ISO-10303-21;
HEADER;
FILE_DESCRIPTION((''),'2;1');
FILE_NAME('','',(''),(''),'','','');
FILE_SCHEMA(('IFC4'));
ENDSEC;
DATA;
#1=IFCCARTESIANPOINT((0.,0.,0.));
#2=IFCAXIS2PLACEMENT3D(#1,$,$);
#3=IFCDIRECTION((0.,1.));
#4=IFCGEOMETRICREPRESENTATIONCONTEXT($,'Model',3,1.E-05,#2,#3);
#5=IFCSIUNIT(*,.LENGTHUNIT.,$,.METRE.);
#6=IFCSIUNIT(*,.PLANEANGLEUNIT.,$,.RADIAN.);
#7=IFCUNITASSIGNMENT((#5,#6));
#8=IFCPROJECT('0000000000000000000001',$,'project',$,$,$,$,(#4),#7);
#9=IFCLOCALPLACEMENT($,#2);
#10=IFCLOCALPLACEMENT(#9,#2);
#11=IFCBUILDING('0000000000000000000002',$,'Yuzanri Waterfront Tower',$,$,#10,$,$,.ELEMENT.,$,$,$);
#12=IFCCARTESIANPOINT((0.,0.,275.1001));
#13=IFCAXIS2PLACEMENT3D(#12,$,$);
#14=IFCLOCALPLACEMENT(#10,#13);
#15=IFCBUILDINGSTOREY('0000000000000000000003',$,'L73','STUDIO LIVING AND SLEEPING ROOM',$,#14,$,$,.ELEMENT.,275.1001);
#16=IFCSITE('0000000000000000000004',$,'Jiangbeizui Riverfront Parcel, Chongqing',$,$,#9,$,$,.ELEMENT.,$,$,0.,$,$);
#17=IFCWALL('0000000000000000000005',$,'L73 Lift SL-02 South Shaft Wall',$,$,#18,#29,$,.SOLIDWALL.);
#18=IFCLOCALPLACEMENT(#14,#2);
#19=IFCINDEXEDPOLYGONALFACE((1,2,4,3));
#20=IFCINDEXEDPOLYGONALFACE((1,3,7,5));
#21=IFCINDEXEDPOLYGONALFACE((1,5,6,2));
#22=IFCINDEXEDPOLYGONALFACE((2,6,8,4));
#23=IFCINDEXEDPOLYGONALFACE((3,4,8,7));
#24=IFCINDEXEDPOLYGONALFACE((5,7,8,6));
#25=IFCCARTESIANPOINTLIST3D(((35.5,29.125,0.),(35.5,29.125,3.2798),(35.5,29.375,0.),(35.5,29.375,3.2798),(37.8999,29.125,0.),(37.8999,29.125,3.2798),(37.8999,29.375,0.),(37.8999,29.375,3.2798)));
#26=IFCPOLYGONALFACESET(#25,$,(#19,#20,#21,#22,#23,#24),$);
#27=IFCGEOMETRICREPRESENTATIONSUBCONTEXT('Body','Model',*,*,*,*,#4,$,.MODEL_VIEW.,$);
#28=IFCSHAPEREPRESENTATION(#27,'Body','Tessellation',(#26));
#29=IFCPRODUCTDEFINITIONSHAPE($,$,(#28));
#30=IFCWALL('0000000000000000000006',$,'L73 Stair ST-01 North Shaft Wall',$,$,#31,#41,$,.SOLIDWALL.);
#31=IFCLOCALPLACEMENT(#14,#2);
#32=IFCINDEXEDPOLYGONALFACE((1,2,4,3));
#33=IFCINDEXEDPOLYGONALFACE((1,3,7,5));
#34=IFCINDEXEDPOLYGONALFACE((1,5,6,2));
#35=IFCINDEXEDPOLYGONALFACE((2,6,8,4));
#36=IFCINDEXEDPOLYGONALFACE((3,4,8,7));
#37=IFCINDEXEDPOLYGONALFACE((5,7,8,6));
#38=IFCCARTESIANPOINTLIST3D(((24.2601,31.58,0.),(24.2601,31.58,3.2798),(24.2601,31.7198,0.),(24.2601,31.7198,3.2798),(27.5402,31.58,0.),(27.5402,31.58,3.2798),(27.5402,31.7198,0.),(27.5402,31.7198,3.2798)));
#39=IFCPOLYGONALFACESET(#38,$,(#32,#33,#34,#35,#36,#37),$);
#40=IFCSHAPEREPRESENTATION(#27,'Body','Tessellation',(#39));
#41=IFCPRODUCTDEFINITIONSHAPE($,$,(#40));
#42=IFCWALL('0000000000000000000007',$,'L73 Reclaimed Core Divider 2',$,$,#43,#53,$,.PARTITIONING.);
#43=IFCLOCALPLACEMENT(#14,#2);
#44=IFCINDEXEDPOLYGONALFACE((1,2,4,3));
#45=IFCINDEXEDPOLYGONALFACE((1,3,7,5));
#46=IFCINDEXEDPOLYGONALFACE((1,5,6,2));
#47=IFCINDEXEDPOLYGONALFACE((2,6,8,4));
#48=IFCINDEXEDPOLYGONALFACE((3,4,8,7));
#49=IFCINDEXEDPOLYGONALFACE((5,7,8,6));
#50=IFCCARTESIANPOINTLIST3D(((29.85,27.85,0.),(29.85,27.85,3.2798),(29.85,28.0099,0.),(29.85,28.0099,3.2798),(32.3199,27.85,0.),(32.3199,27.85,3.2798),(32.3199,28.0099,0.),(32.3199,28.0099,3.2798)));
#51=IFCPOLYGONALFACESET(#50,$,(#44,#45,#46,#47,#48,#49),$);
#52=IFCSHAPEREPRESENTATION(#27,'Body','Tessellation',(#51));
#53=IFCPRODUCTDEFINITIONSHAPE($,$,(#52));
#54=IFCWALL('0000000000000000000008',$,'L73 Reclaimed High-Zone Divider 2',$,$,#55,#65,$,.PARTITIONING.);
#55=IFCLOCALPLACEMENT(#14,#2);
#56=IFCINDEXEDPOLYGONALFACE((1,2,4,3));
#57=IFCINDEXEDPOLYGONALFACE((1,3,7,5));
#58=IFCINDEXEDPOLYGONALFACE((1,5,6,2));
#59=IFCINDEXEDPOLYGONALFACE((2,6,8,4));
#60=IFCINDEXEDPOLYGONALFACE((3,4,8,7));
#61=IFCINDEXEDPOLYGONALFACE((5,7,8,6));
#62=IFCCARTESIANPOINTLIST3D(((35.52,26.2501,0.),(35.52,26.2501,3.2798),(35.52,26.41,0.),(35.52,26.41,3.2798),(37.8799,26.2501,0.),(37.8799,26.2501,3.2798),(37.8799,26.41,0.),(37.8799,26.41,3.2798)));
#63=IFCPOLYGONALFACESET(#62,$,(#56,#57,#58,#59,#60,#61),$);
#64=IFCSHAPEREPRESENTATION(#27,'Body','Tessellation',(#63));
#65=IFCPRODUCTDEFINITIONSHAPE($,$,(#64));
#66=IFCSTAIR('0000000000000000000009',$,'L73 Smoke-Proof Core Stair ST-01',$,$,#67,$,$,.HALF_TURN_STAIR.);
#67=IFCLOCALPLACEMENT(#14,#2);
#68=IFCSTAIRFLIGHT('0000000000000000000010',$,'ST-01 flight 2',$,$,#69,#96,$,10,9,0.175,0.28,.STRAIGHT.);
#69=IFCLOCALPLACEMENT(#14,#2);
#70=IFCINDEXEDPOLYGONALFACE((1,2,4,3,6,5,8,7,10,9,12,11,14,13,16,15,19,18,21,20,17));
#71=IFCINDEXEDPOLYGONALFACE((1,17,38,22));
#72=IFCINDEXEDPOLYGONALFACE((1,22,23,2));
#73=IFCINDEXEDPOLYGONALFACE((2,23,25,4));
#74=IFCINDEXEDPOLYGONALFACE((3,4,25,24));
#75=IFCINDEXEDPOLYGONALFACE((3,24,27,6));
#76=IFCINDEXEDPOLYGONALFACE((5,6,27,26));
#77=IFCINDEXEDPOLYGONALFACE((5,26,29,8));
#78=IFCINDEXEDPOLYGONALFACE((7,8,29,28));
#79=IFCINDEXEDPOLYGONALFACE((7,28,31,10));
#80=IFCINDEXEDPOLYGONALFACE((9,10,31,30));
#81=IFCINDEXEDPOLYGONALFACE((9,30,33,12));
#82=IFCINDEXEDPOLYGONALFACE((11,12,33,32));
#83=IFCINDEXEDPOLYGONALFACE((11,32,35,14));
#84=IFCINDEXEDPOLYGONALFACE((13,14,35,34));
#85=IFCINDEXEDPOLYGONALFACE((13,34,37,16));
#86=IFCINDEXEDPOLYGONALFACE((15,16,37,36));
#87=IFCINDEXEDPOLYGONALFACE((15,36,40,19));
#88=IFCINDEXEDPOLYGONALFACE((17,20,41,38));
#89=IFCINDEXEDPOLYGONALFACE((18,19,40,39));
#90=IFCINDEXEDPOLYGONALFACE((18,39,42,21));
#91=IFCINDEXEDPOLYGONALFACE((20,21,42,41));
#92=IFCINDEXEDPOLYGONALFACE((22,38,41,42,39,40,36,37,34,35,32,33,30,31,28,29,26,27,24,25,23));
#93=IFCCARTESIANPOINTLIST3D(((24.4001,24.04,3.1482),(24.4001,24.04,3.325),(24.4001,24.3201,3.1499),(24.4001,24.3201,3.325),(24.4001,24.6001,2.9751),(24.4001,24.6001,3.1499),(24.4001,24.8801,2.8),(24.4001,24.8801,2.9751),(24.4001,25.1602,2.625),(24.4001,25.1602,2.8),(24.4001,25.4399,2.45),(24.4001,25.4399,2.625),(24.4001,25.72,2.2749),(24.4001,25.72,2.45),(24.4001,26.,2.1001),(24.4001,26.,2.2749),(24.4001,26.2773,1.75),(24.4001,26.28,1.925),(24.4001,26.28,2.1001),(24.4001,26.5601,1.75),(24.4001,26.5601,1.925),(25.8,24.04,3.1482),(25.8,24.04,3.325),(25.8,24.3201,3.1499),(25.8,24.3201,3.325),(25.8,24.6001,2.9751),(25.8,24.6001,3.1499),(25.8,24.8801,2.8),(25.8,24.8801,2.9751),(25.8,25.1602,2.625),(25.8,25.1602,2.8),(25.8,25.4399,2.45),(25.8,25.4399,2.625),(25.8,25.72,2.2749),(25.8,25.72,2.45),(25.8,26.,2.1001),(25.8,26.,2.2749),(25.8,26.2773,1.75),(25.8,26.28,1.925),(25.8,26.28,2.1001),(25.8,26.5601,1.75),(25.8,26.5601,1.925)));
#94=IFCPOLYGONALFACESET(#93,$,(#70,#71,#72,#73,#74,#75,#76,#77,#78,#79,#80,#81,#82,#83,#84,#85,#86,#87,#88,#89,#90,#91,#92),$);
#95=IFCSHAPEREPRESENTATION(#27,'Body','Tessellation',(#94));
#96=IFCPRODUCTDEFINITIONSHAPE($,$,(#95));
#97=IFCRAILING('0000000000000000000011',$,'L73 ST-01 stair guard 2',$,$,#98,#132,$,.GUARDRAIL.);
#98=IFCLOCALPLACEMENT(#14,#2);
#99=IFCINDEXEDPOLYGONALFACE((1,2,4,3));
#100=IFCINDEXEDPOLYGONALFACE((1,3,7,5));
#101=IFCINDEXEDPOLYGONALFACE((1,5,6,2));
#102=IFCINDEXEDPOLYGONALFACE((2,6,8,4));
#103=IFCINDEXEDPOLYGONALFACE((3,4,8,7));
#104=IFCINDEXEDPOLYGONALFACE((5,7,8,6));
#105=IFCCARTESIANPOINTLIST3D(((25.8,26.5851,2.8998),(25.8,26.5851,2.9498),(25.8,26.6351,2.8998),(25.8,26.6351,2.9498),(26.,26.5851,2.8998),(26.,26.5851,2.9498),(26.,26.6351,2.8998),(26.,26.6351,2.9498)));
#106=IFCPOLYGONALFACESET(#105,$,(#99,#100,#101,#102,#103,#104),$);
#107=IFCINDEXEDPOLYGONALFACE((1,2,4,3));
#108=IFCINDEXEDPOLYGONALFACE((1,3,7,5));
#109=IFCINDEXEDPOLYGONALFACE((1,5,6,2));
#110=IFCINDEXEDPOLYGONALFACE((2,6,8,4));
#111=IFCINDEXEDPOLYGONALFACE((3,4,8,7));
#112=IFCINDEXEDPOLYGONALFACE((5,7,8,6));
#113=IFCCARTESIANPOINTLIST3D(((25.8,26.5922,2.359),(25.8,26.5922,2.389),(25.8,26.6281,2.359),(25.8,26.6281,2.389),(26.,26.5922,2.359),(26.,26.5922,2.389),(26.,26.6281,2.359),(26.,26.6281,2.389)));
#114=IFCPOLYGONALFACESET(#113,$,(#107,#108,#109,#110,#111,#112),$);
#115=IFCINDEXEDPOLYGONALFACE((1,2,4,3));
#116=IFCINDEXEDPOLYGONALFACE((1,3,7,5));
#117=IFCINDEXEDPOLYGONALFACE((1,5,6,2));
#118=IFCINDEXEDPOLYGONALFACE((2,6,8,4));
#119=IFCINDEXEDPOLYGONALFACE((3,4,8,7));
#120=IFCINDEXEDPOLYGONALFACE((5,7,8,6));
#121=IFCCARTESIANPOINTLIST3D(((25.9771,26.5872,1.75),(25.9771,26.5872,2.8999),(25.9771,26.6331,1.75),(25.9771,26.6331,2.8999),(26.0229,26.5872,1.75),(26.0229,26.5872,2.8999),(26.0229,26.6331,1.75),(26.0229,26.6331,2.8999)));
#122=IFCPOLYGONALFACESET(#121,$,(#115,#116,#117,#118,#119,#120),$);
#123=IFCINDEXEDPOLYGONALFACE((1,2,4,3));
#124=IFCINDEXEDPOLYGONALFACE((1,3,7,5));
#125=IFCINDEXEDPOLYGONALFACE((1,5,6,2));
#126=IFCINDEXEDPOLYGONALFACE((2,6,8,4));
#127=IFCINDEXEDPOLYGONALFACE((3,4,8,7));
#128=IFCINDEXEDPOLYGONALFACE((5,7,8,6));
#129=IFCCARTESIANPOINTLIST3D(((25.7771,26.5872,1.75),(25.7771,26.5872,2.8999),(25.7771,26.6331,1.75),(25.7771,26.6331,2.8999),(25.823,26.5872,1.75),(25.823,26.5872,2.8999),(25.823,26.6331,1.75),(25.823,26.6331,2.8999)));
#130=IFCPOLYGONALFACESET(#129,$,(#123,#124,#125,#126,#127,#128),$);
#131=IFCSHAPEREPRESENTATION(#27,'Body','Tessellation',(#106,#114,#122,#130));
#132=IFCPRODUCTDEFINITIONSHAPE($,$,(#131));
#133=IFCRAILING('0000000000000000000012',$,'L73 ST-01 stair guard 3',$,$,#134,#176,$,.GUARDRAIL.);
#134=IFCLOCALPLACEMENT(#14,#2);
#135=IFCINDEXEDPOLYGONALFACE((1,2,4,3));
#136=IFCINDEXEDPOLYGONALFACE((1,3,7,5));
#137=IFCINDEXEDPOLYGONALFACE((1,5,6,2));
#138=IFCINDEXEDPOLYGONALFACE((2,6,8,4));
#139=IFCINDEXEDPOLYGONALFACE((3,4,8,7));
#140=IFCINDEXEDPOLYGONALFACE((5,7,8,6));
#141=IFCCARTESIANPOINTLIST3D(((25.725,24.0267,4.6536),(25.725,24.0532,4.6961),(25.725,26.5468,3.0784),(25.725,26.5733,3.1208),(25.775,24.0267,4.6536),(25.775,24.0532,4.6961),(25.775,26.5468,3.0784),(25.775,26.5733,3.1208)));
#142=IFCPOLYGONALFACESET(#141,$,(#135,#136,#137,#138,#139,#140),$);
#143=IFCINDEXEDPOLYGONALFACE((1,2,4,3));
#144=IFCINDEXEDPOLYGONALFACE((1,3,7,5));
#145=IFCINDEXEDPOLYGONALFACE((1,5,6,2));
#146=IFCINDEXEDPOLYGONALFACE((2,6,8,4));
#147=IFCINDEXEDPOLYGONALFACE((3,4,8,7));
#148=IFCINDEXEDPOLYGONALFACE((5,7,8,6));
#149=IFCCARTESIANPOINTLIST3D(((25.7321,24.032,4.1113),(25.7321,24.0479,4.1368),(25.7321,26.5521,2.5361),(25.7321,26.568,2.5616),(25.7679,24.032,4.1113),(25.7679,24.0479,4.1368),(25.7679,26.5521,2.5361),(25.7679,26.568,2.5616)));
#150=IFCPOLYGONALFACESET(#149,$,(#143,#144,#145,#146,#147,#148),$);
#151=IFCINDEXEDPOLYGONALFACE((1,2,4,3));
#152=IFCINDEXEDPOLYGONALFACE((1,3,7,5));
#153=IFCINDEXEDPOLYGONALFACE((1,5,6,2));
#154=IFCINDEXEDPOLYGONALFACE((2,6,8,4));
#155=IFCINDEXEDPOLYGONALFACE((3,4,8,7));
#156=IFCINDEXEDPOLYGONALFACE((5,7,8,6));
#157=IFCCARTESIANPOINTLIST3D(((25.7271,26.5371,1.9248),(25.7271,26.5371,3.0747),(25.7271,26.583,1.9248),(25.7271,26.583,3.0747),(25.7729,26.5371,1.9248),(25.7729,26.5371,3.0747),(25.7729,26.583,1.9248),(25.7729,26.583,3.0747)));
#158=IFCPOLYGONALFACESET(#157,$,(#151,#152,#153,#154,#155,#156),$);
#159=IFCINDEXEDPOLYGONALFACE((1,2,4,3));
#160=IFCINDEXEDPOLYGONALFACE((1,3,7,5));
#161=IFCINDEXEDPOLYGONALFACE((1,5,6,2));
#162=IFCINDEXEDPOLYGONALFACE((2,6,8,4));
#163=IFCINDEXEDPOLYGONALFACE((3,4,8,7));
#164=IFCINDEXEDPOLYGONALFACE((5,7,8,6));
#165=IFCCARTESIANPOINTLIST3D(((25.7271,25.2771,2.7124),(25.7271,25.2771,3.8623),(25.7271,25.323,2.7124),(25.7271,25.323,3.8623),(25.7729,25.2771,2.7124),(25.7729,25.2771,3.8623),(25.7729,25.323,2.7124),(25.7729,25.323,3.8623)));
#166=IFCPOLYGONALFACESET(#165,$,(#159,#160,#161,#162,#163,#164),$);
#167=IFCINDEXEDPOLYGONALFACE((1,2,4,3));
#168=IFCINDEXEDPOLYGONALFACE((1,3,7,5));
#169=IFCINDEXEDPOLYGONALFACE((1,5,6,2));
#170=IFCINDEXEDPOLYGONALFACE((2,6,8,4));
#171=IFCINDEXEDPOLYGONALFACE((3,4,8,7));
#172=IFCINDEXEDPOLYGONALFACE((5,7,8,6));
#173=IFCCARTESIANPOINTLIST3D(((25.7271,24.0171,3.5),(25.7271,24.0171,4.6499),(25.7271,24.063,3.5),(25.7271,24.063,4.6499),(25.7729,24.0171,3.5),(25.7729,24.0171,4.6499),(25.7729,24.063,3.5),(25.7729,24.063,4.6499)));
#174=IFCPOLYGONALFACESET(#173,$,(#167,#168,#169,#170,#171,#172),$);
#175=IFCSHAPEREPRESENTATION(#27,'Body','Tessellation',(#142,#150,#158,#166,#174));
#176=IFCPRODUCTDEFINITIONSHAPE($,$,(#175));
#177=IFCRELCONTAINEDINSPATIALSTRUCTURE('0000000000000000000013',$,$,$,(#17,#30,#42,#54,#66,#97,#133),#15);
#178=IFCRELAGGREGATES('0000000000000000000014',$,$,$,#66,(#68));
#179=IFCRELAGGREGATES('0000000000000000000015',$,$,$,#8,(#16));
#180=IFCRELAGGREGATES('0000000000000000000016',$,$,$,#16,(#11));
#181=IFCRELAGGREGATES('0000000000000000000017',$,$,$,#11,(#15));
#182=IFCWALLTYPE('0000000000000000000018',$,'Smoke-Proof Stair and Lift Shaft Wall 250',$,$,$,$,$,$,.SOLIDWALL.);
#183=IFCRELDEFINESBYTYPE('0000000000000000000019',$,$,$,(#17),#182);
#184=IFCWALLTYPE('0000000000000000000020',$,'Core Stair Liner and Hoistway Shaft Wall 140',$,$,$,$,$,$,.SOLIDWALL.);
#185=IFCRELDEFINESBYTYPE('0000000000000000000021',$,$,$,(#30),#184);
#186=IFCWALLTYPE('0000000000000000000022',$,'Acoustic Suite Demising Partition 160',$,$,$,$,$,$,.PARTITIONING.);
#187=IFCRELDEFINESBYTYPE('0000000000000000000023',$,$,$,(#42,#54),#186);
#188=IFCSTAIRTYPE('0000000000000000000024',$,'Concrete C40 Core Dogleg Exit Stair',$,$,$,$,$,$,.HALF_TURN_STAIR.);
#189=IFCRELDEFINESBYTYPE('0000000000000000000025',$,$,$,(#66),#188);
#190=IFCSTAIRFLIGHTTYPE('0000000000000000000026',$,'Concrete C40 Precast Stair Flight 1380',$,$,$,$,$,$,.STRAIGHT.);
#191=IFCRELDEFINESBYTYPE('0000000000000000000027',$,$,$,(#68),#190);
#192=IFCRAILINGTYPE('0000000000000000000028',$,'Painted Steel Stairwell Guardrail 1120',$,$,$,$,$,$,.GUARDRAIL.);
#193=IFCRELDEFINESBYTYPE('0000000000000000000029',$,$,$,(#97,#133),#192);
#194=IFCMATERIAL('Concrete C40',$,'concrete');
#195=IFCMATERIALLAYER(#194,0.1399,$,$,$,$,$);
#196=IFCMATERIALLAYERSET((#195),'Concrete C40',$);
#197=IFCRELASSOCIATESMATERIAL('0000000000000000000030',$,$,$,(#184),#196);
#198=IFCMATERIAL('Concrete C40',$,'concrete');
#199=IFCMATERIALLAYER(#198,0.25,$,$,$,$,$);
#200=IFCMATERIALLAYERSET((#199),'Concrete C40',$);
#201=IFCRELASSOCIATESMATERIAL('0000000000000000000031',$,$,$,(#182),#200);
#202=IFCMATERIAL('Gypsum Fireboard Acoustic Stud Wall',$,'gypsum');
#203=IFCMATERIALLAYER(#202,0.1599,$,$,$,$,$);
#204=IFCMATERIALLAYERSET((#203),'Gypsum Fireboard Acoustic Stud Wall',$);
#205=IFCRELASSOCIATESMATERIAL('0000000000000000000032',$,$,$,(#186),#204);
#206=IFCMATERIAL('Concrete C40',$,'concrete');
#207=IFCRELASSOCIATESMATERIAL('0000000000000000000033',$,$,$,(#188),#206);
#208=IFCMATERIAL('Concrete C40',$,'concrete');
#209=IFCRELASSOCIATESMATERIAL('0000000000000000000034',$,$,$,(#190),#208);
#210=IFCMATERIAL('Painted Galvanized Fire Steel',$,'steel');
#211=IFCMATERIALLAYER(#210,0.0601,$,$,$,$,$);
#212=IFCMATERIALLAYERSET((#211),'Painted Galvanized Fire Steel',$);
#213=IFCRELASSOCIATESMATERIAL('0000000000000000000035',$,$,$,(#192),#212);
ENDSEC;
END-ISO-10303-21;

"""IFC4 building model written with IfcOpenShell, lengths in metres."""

from ifc_helpers import new_model, si_unit, direction, frame, frame_2d, origin, origin_2d, place, context, subcontext, project, spatial, polyline, rectangle, outline, extrude, source, transform, mapped, material, layer, layer_set, type_object, element, aggregate, save


model = new_model("IFC4")

# Units and contexts
model_context = context("Model", 3, precision=1e-05, world=origin(), true_north=direction((0.0, 1.0)))
body_context = subcontext(model_context, "Body", "Model", "MODEL_VIEW")
ifc_project = project(units=[si_unit("LENGTHUNIT", "METRE"), si_unit("PLANEANGLEUNIT", "RADIAN")], contexts=[model_context])

# Site, building, storey
site_placement = place(None, origin())
site = spatial("IfcSite", under=ifc_project, at=site_placement, Name="Jiangbeizui Riverfront Parcel, Chongqing", CompositionType="ELEMENT", RefElevation=0.0)
building_placement = place(site_placement, origin())
building = spatial("IfcBuilding", under=site, at=building_placement, Name="Yuzanri Waterfront Tower", CompositionType="ELEMENT")
storey_placement = place(building_placement, frame((0.0, 0.0, 275.1001)))
storey = spatial("IfcBuildingStorey", under=building, at=storey_placement, Name="L73", Description="STUDIO LIVING AND SLEEPING ROOM", CompositionType="ELEMENT", Elevation=275.1001)

# Shared definitions
ifc_material_1 = material(Name="Concrete C40", Category="concrete")
ifc_layer_1 = layer(ifc_material_1, 0.1399)
ifc_layer_set_1 = layer_set([ifc_layer_1], Name="Concrete C40")
wall_type_1 = type_object("IfcWallType", Name="Core Stair Liner and Hoistway Shaft Wall 140", PredefinedType="SOLIDWALL", material=ifc_layer_set_1)

# Walls
ifc_material_2 = material(Name="Concrete C40", Category="concrete")
ifc_layer_2 = layer(ifc_material_2, 0.25)
ifc_layer_set_2 = layer_set([ifc_layer_2], Name="Concrete C40")
wall_type_2 = type_object("IfcWallType", Name="Smoke-Proof Stair and Lift Shaft Wall 250", PredefinedType="SOLIDWALL", material=ifc_layer_set_2)
shared_shape_1 = source(origin(), body_context, "Body", "SweptSolid", [
    extrude(rectangle(XDim=2.3999, YDim=0.25, at=frame_2d((1.2, 0.0))), origin(), (0.0, 0.0, 1.0), 3.2798),
])
wall_1_placement = place(storey_placement, frame((35.5, 29.25, 0.0), z_axis=(0.0, 0.0, 1.0), x_axis=(1.0, 0.0, 0.0)))
element("IfcWall", 1, at=wall_1_placement, inside=storey, type_object=wall_type_2, Name="L73 Lift SL-02 South Shaft Wall", PredefinedType="SOLIDWALL", context=body_context, shape_type="MappedRepresentation", body=[
    mapped(shared_shape_1, transform((0.0, 0.0, 0.0), scale=1.0)),
])
shared_shape_2 = source(origin(), body_context, "Body", "SweptSolid", [
    extrude(rectangle(XDim=3.28, YDim=0.1399, at=frame_2d((1.6401, 0.0))), origin(), (0.0, 0.0, 1.0), 3.2798),
])
wall_2_placement = place(storey_placement, frame((24.26, 31.6499, 0.0), z_axis=(0.0, 0.0, 1.0), x_axis=(1.0, 0.0, 0.0)))
element("IfcWall", 2, at=wall_2_placement, inside=storey, type_object=wall_type_1, Name="L73 Stair ST-01 North Shaft Wall", PredefinedType="SOLIDWALL", context=body_context, shape_type="MappedRepresentation", body=[
    mapped(shared_shape_2, transform((0.0, 0.0, 0.0), scale=1.0)),
])
ifc_material_3 = material(Name="Gypsum Fireboard Acoustic Stud Wall", Category="gypsum")
ifc_layer_3 = layer(ifc_material_3, 0.1599)
ifc_layer_set_3 = layer_set([ifc_layer_3], Name="Gypsum Fireboard Acoustic Stud Wall")
wall_type_3 = type_object("IfcWallType", Name="Acoustic Suite Demising Partition 160", PredefinedType="PARTITIONING", material=ifc_layer_set_3)
shared_shape_3 = source(origin(), body_context, "Body", "SweptSolid", [
    extrude(rectangle(XDim=2.47, YDim=0.1599, at=frame_2d((1.2349, 0.0))), origin(), (0.0, 0.0, 1.0), 3.2798),
])
wall_3_placement = place(storey_placement, frame((29.8501, 27.9299, 0.0), z_axis=(0.0, 0.0, 1.0), x_axis=(1.0, 0.0, 0.0)))
element("IfcWall", 3, at=wall_3_placement, inside=storey, type_object=wall_type_3, Name="L73 Reclaimed Core Divider 2", PredefinedType="PARTITIONING", context=body_context, shape_type="MappedRepresentation", body=[
    mapped(shared_shape_3, transform((0.0, 0.0, 0.0), scale=1.0)),
])
shared_shape_4 = source(origin(), body_context, "Body", "SweptSolid", [
    extrude(rectangle(XDim=2.3599, YDim=0.1599, at=frame_2d((1.1799, 0.0))), origin(), (0.0, 0.0, 1.0), 3.2798),
])
wall_4_placement = place(storey_placement, frame((35.52, 26.3301, 0.0), z_axis=(0.0, 0.0, 1.0), x_axis=(1.0, 0.0, 0.0)))
element("IfcWall", 4, at=wall_4_placement, inside=storey, type_object=wall_type_3, Name="L73 Reclaimed High-Zone Divider 2", PredefinedType="PARTITIONING", context=body_context, shape_type="MappedRepresentation", body=[
    mapped(shared_shape_4, transform((0.0, 0.0, 0.0), scale=1.0)),
])

# Stair, stair flight
ifc_material_4 = material(Name="Concrete C40", Category="concrete")
stair_type = type_object("IfcStairType", Name="Concrete C40 Core Dogleg Exit Stair", PredefinedType="HALF_TURN_STAIR", material=ifc_material_4)
stair_placement = place(storey_placement, origin())
stair = element("IfcStair", 5, at=stair_placement, inside=storey, type_object=stair_type, Name="L73 Smoke-Proof Core Stair ST-01", PredefinedType="HALF_TURN_STAIR")
ifc_material_5 = material(Name="Concrete C40", Category="concrete")
stair_flight_type = type_object("IfcStairFlightType", Name="Concrete C40 Precast Stair Flight 1380", PredefinedType="STRAIGHT", material=ifc_material_5)
shared_shape_5 = source(origin(), body_context, "Body", "SweptSolid", [
    extrude(outline(polyline([(0.0, 0.0), (0.0, 0.175), (0.28, 0.175), (0.28, 0.3501), (0.5601, 0.3501), (0.5601, 0.5249), (0.8401, 0.5249), (0.8401, 0.7), (1.1201, 0.7), (1.1201, 0.875), (1.3999, 0.875), (1.3999, 1.05), (1.6799, 1.05), (1.6799, 1.2251), (1.96, 1.2251), (1.96, 1.3999), (2.24, 1.3999), (2.24, 1.575), (2.52, 1.575), (2.52, 1.75), (2.52, 1.3982), (0.2827, 0.0), (0.0, 0.0)])), frame((0.0, 0.7, 0.0), z_axis=(0.0, -1.0, 0.0), x_axis=(1.0, 0.0, 0.0)), (0.0, 0.0, 1.0), 1.3999),
])
stair_flight_placement = place(storey_placement, frame((25.1001, 26.5601, 1.75), z_axis=(0.0, 0.0, 1.0), x_axis=(0.0, -1.0, 0.0)))
stair_flight = element("IfcStairFlight", 6, at=stair_flight_placement, type_object=stair_flight_type, Name="ST-01 flight 2", NumberOfRisers=10, NumberOfTreads=9, PredefinedType="STRAIGHT", RiserHeight=0.175, TreadLength=0.28, context=body_context, shape_type="MappedRepresentation", body=[
    mapped(shared_shape_5, transform((0.0, 0.0, 0.0), scale=1.0)),
])
aggregate(stair, [stair_flight])

# Railings
ifc_material_6 = material(Name="Painted Galvanized Fire Steel", Category="steel")
ifc_layer_4 = layer(ifc_material_6, 0.0601)
ifc_layer_set_4 = layer_set([ifc_layer_4], Name="Painted Galvanized Fire Steel")
railing_type_1 = type_object("IfcRailingType", Name="Painted Steel Stairwell Guardrail 1120", PredefinedType="GUARDRAIL", material=ifc_layer_set_4)
shared_shape_6 = source(origin(), body_context, "Body", "SweptSolid", [
    extrude(rectangle(XDim=0.05, YDim=0.05, at=origin_2d()), frame((0.0, 0.0, 1.1748), z_axis=(-1.0, 0.0, 0.0), x_axis=(0.0, -1.0, 0.0)), (0.0, 0.0, 1.0), 0.2),
    extrude(rectangle(XDim=0.0359, YDim=0.03, at=origin_2d()), frame((0.0, 0.0, 0.624), z_axis=(-1.0, 0.0, 0.0), x_axis=(0.0, -1.0, 0.0)), (0.0, 0.0, 1.0), 0.2),
    extrude(rectangle(XDim=0.0459, YDim=0.0459, at=origin_2d()), origin(), (0.0, 0.0, 1.0), 1.1499),
    extrude(rectangle(XDim=0.0459, YDim=0.0459, at=origin_2d()), frame((-0.2, 0.0, 0.0)), (0.0, 0.0, 1.0), 1.1499),
])
railing_1_placement = place(storey_placement, frame((26.0, 26.6101, 1.75)))
element("IfcRailing", 7, at=railing_1_placement, inside=storey, type_object=railing_type_1, Name="L73 ST-01 stair guard 2", PredefinedType="GUARDRAIL", context=body_context, shape_type="MappedRepresentation", body=[
    mapped(shared_shape_6, transform((0.0, 0.0, 0.0), scale=1.0)),
])
shared_shape_7 = source(origin(), body_context, "Body", "SweptSolid", [
    extrude(rectangle(XDim=0.05, YDim=0.05, at=origin_2d()), frame((0.0, 0.0, 1.1748), z_axis=(0.0, -0.847971, 0.530043), x_axis=(1.0, 0.0, 0.0)), (0.0, 0.0, 1.0), 2.9719),
    extrude(rectangle(XDim=0.0359, YDim=0.03, at=origin_2d()), frame((0.0, 0.0, 0.624), z_axis=(0.0, -0.847971, 0.530043), x_axis=(1.0, 0.0, 0.0)), (0.0, 0.0, 1.0), 2.9719),
    extrude(rectangle(XDim=0.0459, YDim=0.0459, at=origin_2d()), origin(), (0.0, 0.0, 1.0), 1.1499),
    extrude(rectangle(XDim=0.0459, YDim=0.0459, at=origin_2d()), frame((0.0, -1.26, 0.7876)), (0.0, 0.0, 1.0), 1.1499),
    extrude(rectangle(XDim=0.0459, YDim=0.0459, at=origin_2d()), frame((0.0, -2.52, 1.5752)), (0.0, 0.0, 1.0), 1.1499),
])
railing_2_placement = place(storey_placement, frame((25.75, 26.5601, 1.9248)))
element("IfcRailing", 8, at=railing_2_placement, inside=storey, type_object=railing_type_1, Name="L73 ST-01 stair guard 3", PredefinedType="GUARDRAIL", context=body_context, shape_type="MappedRepresentation", body=[
    mapped(shared_shape_7, transform((0.0, 0.0, 0.0), scale=1.0)),
])

save(model, "model.ifc")
